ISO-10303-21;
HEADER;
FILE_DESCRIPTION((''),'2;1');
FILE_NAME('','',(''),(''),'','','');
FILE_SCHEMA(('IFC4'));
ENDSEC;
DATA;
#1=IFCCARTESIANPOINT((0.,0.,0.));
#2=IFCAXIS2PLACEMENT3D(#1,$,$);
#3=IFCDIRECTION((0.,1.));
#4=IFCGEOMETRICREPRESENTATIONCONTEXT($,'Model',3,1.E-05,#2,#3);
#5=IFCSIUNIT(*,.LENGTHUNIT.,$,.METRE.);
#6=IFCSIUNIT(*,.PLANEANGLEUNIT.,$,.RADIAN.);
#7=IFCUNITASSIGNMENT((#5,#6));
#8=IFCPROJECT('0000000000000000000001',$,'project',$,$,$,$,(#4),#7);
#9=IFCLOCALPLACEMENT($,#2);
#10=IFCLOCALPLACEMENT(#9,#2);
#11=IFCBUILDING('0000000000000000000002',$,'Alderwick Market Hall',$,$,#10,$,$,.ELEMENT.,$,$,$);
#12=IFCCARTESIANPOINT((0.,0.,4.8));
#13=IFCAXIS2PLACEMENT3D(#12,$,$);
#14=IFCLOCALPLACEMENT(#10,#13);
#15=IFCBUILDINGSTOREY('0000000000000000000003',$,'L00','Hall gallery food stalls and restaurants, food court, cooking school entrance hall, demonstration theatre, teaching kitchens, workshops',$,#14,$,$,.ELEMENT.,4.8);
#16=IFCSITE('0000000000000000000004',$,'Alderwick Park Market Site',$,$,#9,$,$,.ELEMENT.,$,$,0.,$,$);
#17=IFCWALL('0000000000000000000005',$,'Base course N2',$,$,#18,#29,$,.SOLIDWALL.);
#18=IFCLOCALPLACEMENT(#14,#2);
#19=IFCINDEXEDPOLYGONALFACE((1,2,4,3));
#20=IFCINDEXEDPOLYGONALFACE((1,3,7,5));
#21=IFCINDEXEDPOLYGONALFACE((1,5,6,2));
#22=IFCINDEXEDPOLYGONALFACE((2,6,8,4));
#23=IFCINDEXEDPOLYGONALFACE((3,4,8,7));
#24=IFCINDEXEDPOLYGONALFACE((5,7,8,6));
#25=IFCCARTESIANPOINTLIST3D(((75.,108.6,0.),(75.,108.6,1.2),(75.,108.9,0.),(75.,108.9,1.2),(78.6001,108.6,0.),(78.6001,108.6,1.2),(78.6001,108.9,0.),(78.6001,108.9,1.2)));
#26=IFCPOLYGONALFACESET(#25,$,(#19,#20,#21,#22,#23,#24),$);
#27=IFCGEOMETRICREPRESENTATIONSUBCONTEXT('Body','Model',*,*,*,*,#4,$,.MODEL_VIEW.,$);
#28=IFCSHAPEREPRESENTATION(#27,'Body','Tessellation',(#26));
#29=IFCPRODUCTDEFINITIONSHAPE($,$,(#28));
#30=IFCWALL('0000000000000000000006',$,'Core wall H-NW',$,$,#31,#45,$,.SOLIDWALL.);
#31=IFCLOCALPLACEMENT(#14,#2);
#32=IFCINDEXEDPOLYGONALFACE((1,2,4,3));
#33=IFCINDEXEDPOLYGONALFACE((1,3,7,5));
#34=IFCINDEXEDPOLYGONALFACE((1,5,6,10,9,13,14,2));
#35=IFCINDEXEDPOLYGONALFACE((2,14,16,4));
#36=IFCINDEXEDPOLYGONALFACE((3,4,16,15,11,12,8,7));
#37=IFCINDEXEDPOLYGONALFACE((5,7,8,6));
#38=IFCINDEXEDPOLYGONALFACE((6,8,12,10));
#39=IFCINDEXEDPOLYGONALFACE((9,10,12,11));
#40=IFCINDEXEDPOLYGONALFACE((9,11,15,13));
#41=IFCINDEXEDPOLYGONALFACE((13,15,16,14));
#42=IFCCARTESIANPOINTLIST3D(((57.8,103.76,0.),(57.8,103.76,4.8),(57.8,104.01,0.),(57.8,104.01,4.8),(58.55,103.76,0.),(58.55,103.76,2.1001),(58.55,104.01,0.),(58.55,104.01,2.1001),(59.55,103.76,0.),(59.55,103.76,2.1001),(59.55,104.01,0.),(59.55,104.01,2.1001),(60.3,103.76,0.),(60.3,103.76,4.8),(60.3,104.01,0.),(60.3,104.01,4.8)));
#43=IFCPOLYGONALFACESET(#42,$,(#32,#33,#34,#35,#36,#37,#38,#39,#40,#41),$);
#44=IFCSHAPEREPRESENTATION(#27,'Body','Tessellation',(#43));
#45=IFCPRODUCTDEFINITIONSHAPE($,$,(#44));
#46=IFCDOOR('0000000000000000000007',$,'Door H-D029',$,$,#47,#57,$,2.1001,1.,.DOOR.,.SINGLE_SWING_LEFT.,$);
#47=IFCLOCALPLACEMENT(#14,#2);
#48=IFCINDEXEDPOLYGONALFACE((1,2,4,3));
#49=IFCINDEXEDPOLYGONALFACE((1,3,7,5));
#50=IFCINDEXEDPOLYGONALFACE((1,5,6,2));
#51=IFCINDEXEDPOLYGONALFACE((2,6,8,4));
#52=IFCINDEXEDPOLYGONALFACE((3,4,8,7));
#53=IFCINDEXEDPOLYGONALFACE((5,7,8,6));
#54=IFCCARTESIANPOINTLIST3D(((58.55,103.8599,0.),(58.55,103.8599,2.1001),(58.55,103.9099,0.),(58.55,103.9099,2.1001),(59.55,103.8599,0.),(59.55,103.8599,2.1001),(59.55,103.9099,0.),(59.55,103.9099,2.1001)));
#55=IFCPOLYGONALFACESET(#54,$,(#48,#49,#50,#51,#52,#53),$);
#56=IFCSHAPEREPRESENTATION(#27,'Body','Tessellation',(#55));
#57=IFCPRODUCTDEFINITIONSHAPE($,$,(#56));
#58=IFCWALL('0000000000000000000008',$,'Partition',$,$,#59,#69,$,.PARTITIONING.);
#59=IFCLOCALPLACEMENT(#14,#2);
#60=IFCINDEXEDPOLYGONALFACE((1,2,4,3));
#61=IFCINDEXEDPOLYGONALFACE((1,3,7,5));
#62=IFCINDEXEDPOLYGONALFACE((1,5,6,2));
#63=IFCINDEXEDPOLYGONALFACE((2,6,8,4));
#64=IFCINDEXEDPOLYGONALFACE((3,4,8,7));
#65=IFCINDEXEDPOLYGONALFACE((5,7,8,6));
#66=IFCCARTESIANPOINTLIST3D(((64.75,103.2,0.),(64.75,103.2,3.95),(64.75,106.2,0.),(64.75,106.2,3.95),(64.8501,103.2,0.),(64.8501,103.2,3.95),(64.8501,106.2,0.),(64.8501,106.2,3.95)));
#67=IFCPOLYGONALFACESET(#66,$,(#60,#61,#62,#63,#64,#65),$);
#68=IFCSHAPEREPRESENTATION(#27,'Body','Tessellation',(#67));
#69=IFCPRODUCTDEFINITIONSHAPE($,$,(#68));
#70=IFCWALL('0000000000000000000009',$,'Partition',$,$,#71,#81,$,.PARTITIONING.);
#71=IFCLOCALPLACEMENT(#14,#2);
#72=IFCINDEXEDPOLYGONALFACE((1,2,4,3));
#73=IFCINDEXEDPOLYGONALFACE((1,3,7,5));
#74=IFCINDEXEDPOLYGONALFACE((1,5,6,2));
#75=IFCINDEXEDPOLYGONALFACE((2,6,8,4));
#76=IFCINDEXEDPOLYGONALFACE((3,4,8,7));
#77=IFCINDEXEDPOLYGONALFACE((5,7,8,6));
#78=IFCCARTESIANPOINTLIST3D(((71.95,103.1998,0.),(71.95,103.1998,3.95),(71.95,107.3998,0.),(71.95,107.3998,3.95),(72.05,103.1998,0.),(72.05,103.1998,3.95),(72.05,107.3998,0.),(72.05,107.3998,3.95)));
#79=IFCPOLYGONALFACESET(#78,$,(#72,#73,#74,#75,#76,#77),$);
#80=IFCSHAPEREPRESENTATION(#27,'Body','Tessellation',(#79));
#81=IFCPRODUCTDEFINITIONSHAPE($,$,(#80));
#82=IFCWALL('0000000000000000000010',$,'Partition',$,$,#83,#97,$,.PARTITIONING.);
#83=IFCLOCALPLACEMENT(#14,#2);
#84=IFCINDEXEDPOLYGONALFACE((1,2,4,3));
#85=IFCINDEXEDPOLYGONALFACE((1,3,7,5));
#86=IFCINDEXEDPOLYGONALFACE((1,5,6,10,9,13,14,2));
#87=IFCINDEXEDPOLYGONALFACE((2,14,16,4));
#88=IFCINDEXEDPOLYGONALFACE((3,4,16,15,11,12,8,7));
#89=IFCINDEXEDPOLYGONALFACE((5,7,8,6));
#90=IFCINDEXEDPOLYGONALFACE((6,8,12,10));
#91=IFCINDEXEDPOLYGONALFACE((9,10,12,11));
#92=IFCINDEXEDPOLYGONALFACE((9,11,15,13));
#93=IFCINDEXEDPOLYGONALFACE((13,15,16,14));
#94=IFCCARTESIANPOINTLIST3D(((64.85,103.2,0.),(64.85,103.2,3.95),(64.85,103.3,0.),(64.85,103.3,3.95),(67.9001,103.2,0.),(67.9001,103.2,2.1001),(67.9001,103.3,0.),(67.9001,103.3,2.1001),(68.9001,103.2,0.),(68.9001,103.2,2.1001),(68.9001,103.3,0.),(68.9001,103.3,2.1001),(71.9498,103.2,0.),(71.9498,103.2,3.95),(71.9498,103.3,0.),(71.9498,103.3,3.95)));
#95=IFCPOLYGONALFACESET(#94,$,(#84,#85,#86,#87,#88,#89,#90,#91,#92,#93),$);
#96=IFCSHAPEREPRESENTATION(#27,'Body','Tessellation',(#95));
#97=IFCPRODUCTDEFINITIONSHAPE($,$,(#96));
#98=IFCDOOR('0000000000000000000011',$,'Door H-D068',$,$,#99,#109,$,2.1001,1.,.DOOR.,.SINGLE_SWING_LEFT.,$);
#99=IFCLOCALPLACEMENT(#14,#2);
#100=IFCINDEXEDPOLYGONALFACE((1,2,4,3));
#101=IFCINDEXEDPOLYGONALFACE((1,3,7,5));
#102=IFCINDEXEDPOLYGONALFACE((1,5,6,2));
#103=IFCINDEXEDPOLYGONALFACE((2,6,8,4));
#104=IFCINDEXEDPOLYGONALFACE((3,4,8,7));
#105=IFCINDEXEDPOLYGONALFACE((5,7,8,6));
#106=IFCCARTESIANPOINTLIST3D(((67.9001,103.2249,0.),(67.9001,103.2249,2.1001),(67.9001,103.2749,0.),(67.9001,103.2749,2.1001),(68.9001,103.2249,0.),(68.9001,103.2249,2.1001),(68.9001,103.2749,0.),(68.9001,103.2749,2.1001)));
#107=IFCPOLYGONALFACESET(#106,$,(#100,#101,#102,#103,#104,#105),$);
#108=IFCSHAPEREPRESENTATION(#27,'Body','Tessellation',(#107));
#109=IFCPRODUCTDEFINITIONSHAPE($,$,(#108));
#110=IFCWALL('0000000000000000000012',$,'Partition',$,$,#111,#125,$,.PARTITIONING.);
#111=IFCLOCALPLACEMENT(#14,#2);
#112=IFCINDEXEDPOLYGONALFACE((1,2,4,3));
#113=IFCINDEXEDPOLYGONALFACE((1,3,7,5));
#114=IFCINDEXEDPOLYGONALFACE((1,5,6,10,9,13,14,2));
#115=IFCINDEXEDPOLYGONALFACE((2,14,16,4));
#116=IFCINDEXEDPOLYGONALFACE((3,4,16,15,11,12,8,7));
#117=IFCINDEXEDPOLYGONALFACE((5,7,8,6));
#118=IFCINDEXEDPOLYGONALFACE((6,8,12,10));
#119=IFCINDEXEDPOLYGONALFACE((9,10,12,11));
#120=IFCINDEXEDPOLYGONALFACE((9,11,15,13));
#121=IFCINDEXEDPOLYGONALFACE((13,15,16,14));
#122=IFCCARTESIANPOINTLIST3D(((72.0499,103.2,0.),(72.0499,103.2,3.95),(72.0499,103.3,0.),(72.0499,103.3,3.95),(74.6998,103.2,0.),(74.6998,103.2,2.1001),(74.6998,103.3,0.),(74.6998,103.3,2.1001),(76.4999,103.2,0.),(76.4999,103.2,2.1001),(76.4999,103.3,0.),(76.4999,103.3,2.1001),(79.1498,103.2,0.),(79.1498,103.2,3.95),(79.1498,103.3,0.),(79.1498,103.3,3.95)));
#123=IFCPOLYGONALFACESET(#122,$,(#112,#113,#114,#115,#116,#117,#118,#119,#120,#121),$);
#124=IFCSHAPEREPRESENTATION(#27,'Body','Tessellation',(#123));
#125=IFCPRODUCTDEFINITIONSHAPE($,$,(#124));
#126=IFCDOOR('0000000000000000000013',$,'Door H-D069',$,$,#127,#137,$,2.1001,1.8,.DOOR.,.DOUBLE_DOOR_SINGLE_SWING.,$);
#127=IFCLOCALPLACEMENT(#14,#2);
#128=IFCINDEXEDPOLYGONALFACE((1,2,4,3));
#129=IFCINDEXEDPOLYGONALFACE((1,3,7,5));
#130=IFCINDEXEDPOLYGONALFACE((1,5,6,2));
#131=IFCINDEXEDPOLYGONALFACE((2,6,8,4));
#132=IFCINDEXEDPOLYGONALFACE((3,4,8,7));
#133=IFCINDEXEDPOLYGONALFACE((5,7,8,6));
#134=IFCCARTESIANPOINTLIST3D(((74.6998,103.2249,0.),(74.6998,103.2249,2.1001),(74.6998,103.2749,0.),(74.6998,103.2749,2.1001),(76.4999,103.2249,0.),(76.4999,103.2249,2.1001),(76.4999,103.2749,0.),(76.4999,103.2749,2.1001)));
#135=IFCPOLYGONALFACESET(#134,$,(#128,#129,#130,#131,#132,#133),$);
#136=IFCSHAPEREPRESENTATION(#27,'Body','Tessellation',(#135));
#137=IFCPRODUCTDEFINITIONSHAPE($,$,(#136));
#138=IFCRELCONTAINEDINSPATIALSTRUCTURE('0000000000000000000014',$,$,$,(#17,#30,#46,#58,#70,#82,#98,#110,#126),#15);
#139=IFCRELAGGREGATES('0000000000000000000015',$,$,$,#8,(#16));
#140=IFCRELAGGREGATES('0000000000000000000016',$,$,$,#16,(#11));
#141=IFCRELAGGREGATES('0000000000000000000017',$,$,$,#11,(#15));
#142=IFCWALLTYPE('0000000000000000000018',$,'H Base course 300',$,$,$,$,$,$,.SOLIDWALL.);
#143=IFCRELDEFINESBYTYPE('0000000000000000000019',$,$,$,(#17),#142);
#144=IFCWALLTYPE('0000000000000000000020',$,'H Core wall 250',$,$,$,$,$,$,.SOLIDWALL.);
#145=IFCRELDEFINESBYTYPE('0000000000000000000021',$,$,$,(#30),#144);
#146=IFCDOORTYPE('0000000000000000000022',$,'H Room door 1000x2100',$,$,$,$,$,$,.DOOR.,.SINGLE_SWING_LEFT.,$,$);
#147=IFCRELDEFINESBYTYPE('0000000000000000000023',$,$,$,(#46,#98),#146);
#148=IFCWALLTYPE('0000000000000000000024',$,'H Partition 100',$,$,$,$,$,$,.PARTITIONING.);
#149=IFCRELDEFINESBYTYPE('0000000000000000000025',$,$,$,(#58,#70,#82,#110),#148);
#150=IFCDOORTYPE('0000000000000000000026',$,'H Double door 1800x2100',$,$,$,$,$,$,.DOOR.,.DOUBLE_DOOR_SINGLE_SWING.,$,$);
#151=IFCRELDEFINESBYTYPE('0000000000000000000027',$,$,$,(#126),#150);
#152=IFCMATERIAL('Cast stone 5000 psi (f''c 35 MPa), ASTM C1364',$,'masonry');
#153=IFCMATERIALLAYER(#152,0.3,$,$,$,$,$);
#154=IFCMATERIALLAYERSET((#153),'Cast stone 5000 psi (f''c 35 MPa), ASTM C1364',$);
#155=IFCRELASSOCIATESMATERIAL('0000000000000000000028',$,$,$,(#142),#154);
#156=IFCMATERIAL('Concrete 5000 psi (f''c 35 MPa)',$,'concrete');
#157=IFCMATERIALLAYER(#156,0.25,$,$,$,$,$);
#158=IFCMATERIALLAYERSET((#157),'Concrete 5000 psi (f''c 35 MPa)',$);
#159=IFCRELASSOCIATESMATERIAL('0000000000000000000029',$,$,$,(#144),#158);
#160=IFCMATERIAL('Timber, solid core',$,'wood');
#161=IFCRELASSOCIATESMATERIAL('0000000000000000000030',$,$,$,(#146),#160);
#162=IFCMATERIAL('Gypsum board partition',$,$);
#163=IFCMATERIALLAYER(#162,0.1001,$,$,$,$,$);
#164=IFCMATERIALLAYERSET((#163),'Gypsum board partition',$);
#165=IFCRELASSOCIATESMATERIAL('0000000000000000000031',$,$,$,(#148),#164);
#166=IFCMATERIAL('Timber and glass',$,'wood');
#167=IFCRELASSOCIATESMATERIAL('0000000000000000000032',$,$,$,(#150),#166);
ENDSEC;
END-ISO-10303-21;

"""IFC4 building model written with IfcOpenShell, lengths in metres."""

from ifc_helpers import new_model, si_unit, direction, frame, frame_2d, origin, place, context, subcontext, project, spatial, rectangle, extrude, material, layer, layer_set, type_object, element, fill, save


model = new_model("IFC4")

# Units and contexts
model_context = context("Model", 3, precision=1e-05, world=origin(), true_north=direction((0.0, 1.0)))
body_context = subcontext(model_context, "Body", "Model", "MODEL_VIEW")
ifc_project = project(units=[si_unit("LENGTHUNIT", "METRE"), si_unit("PLANEANGLEUNIT", "RADIAN")], contexts=[model_context])

# Site, building, storey
site_placement = place(None, origin())
site = spatial("IfcSite", under=ifc_project, at=site_placement, Name="Alderwick Park Market Site", CompositionType="ELEMENT", RefElevation=0.0)
building_placement = place(site_placement, origin())
building = spatial("IfcBuilding", under=site, at=building_placement, Name="Alderwick Market Hall", CompositionType="ELEMENT")
storey_placement = place(building_placement, frame((0.0, 0.0, 4.8)))
storey = spatial("IfcBuildingStorey", under=building, at=storey_placement, Name="L00", Description="Hall gallery food stalls and restaurants, food court, cooking school entrance hall, demonstration theatre, teaching kitchens, workshops", CompositionType="ELEMENT", Elevation=4.8)

# Shared definitions
ifc_material_1 = material(Name="Concrete 5000 psi (f'c 35 MPa)", Category="concrete")

# Wall
ifc_material_2 = material(Name="Cast stone 5000 psi (f'c 35 MPa), ASTM C1364", Category="masonry")
ifc_layer_1 = layer(ifc_material_2, 0.3)
ifc_layer_set_1 = layer_set([ifc_layer_1], Name="Cast stone 5000 psi (f'c 35 MPa), ASTM C1364")
wall_type_1 = type_object("IfcWallType", Name="H Base course 300", PredefinedType="SOLIDWALL", material=ifc_layer_set_1)
wall_1_placement = place(storey_placement, frame((75.0, 108.75, 0.0), z_axis=(0.0, 0.0, 1.0), x_axis=(1.0, 0.0, 0.0)))
element("IfcWall", 1, at=wall_1_placement, inside=storey, type_object=wall_type_1, Name="Base course N2", PredefinedType="SOLIDWALL", context=body_context, shape_type="SweptSolid", body=[
    extrude(rectangle(XDim=3.6001, YDim=0.3, at=frame_2d((1.8, 0.0))), origin(), (0.0, 0.0, 1.0), 1.2),
])

# Wall, opening, door
ifc_layer_2 = layer(ifc_material_1, 0.25)
ifc_layer_set_2 = layer_set([ifc_layer_2], Name="Concrete 5000 psi (f'c 35 MPa)")
wall_type_2 = type_object("IfcWallType", Name="H Core wall 250", PredefinedType="SOLIDWALL", material=ifc_layer_set_2)
wall_2_placement = place(storey_placement, frame((57.8, 103.885, 0.0), z_axis=(0.0, 0.0, 1.0), x_axis=(1.0, 0.0, 0.0)))
wall_2 = element("IfcWall", 2, at=wall_2_placement, inside=storey, type_object=wall_type_2, Name="Core wall H-NW", PredefinedType="SOLIDWALL", context=body_context, shape_type="SweptSolid", body=[
    extrude(rectangle(XDim=2.5, YDim=0.25, at=frame_2d((1.25, 0.0))), origin(), (0.0, 0.0, 1.0), 4.8),
])
opening_1_placement = place(wall_2_placement, frame((0.75, 0.0, 0.0)))
opening_1 = element("IfcOpeningElement", 3, at=opening_1_placement, cuts=wall_2, PredefinedType="OPENING", context=body_context, shape_type="SweptSolid", body=[
    extrude(rectangle(XDim=1.0, YDim=2.1001, at=frame_2d((0.5, 1.05))), frame((0.0, 0.135, 0.0), z_axis=(0.0, -1.0, 0.0), x_axis=(1.0, 0.0, 0.0)), (0.0, 0.0, 1.0), 0.27),
])
ifc_material_3 = material(Name="Timber, solid core", Category="wood")
door_type_1 = type_object("IfcDoorType", Name="H Room door 1000x2100", OperationType="SINGLE_SWING_LEFT", PredefinedType="DOOR", material=ifc_material_3)
door_1_placement = place(opening_1_placement, origin())
door_1 = element("IfcDoor", 4, at=door_1_placement, inside=storey, type_object=door_type_1, Name="Door H-D029", OperationType="SINGLE_SWING_LEFT", OverallHeight=2.1001, OverallWidth=1.0, PredefinedType="DOOR", context=body_context, shape_type="SweptSolid", body=[
    extrude(rectangle(XDim=1.0, YDim=2.1001, at=frame_2d((0.5, 1.05))), frame((0.0, 0.0249, 0.0), z_axis=(0.0, -1.0, 0.0), x_axis=(1.0, 0.0, 0.0)), (0.0, 0.0, 1.0), 0.05),
])
fill(opening_1, door_1)

# Walls
ifc_material_4 = material(Name="Gypsum board partition")
ifc_layer_3 = layer(ifc_material_4, 0.1001)
ifc_layer_set_3 = layer_set([ifc_layer_3], Name="Gypsum board partition")
wall_type_3 = type_object("IfcWallType", Name="H Partition 100", PredefinedType="PARTITIONING", material=ifc_layer_set_3)
wall_3_placement = place(storey_placement, frame((64.8, 106.2, 0.0), z_axis=(0.0, 0.0, 1.0), x_axis=(0.0, -1.0, 0.0)))
element("IfcWall", 5, at=wall_3_placement, inside=storey, type_object=wall_type_3, Name="Partition", PredefinedType="PARTITIONING", context=body_context, shape_type="SweptSolid", body=[
    extrude(rectangle(XDim=3.0, YDim=0.1001, at=frame_2d((1.5, 0.0))), origin(), (0.0, 0.0, 1.0), 3.95),
])
wall_4_placement = place(storey_placement, frame((72.0, 107.3999, 0.0), z_axis=(0.0, 0.0, 1.0), x_axis=(0.0, -1.0, 0.0)))
element("IfcWall", 6, at=wall_4_placement, inside=storey, type_object=wall_type_3, Name="Partition", PredefinedType="PARTITIONING", context=body_context, shape_type="SweptSolid", body=[
    extrude(rectangle(XDim=4.2, YDim=0.1001, at=frame_2d((2.1001, 0.0))), origin(), (0.0, 0.0, 1.0), 3.95),
])

# Walls, openings, doors
wall_5_placement = place(storey_placement, frame((64.8501, 103.25, 0.0), z_axis=(0.0, 0.0, 1.0), x_axis=(1.0, 0.0, 0.0)))
wall_5 = element("IfcWall", 7, at=wall_5_placement, inside=storey, type_object=wall_type_3, Name="Partition", PredefinedType="PARTITIONING", context=body_context, shape_type="SweptSolid", body=[
    extrude(rectangle(XDim=7.0999, YDim=0.1001, at=frame_2d((3.5498, 0.0))), origin(), (0.0, 0.0, 1.0), 3.95),
])
opening_2_placement = place(wall_5_placement, frame((3.05, 0.0, 0.0)))
opening_2 = element("IfcOpeningElement", 8, at=opening_2_placement, cuts=wall_5, PredefinedType="OPENING", context=body_context, shape_type="SweptSolid", body=[
    extrude(rectangle(XDim=1.0, YDim=2.1001, at=frame_2d((0.5, 1.05))), frame((0.0, 0.0601, 0.0), z_axis=(0.0, -1.0, 0.0), x_axis=(1.0, 0.0, 0.0)), (0.0, 0.0, 1.0), 0.1201),
])
door_2_placement = place(opening_2_placement, origin())
door_2 = element("IfcDoor", 9, at=door_2_placement, inside=storey, type_object=door_type_1, Name="Door H-D068", OperationType="SINGLE_SWING_LEFT", OverallHeight=2.1001, OverallWidth=1.0, PredefinedType="DOOR", context=body_context, shape_type="SweptSolid", body=[
    extrude(rectangle(XDim=1.0, YDim=2.1001, at=frame_2d((0.5, 1.05))), frame((0.0, 0.0249, 0.0), z_axis=(0.0, -1.0, 0.0), x_axis=(1.0, 0.0, 0.0)), (0.0, 0.0, 1.0), 0.05),
])
fill(opening_2, door_2)
wall_6_placement = place(storey_placement, frame((72.05, 103.25, 0.0), z_axis=(0.0, 0.0, 1.0), x_axis=(1.0, 0.0, 0.0)))
wall_6 = element("IfcWall", 10, at=wall_6_placement, inside=storey, type_object=wall_type_3, Name="Partition", PredefinedType="PARTITIONING", context=body_context, shape_type="SweptSolid", body=[
    extrude(rectangle(XDim=7.0999, YDim=0.1001, at=frame_2d((3.5498, 0.0))), origin(), (0.0, 0.0, 1.0), 3.95),
])
opening_3_placement = place(wall_6_placement, frame((2.6499, 0.0, 0.0)))
opening_3 = element("IfcOpeningElement", 11, at=opening_3_placement, cuts=wall_6, PredefinedType="OPENING", context=body_context, shape_type="SweptSolid", body=[
    extrude(rectangle(XDim=1.8, YDim=2.1001, at=frame_2d((0.8999, 1.05))), frame((0.0, 0.0601, 0.0), z_axis=(0.0, -1.0, 0.0), x_axis=(1.0, 0.0, 0.0)), (0.0, 0.0, 1.0), 0.1201),
])
ifc_material_5 = material(Name="Timber and glass", Category="wood")
door_type_2 = type_object("IfcDoorType", Name="H Double door 1800x2100", OperationType="DOUBLE_DOOR_SINGLE_SWING", PredefinedType="DOOR", material=ifc_material_5)
door_3_placement = place(opening_3_placement, origin())
door_3 = element("IfcDoor", 12, at=door_3_placement, inside=storey, type_object=door_type_2, Name="Door H-D069", OperationType="DOUBLE_DOOR_SINGLE_SWING", OverallHeight=2.1001, OverallWidth=1.8, PredefinedType="DOOR", context=body_context, shape_type="SweptSolid", body=[
    extrude(rectangle(XDim=1.8, YDim=2.1001, at=frame_2d((0.8999, 1.05))), frame((0.0, 0.0249, 0.0), z_axis=(0.0, -1.0, 0.0), x_axis=(1.0, 0.0, 0.0)), (0.0, 0.0, 1.0), 0.05),
])
fill(opening_3, door_3)

save(model, "model.ifc")
